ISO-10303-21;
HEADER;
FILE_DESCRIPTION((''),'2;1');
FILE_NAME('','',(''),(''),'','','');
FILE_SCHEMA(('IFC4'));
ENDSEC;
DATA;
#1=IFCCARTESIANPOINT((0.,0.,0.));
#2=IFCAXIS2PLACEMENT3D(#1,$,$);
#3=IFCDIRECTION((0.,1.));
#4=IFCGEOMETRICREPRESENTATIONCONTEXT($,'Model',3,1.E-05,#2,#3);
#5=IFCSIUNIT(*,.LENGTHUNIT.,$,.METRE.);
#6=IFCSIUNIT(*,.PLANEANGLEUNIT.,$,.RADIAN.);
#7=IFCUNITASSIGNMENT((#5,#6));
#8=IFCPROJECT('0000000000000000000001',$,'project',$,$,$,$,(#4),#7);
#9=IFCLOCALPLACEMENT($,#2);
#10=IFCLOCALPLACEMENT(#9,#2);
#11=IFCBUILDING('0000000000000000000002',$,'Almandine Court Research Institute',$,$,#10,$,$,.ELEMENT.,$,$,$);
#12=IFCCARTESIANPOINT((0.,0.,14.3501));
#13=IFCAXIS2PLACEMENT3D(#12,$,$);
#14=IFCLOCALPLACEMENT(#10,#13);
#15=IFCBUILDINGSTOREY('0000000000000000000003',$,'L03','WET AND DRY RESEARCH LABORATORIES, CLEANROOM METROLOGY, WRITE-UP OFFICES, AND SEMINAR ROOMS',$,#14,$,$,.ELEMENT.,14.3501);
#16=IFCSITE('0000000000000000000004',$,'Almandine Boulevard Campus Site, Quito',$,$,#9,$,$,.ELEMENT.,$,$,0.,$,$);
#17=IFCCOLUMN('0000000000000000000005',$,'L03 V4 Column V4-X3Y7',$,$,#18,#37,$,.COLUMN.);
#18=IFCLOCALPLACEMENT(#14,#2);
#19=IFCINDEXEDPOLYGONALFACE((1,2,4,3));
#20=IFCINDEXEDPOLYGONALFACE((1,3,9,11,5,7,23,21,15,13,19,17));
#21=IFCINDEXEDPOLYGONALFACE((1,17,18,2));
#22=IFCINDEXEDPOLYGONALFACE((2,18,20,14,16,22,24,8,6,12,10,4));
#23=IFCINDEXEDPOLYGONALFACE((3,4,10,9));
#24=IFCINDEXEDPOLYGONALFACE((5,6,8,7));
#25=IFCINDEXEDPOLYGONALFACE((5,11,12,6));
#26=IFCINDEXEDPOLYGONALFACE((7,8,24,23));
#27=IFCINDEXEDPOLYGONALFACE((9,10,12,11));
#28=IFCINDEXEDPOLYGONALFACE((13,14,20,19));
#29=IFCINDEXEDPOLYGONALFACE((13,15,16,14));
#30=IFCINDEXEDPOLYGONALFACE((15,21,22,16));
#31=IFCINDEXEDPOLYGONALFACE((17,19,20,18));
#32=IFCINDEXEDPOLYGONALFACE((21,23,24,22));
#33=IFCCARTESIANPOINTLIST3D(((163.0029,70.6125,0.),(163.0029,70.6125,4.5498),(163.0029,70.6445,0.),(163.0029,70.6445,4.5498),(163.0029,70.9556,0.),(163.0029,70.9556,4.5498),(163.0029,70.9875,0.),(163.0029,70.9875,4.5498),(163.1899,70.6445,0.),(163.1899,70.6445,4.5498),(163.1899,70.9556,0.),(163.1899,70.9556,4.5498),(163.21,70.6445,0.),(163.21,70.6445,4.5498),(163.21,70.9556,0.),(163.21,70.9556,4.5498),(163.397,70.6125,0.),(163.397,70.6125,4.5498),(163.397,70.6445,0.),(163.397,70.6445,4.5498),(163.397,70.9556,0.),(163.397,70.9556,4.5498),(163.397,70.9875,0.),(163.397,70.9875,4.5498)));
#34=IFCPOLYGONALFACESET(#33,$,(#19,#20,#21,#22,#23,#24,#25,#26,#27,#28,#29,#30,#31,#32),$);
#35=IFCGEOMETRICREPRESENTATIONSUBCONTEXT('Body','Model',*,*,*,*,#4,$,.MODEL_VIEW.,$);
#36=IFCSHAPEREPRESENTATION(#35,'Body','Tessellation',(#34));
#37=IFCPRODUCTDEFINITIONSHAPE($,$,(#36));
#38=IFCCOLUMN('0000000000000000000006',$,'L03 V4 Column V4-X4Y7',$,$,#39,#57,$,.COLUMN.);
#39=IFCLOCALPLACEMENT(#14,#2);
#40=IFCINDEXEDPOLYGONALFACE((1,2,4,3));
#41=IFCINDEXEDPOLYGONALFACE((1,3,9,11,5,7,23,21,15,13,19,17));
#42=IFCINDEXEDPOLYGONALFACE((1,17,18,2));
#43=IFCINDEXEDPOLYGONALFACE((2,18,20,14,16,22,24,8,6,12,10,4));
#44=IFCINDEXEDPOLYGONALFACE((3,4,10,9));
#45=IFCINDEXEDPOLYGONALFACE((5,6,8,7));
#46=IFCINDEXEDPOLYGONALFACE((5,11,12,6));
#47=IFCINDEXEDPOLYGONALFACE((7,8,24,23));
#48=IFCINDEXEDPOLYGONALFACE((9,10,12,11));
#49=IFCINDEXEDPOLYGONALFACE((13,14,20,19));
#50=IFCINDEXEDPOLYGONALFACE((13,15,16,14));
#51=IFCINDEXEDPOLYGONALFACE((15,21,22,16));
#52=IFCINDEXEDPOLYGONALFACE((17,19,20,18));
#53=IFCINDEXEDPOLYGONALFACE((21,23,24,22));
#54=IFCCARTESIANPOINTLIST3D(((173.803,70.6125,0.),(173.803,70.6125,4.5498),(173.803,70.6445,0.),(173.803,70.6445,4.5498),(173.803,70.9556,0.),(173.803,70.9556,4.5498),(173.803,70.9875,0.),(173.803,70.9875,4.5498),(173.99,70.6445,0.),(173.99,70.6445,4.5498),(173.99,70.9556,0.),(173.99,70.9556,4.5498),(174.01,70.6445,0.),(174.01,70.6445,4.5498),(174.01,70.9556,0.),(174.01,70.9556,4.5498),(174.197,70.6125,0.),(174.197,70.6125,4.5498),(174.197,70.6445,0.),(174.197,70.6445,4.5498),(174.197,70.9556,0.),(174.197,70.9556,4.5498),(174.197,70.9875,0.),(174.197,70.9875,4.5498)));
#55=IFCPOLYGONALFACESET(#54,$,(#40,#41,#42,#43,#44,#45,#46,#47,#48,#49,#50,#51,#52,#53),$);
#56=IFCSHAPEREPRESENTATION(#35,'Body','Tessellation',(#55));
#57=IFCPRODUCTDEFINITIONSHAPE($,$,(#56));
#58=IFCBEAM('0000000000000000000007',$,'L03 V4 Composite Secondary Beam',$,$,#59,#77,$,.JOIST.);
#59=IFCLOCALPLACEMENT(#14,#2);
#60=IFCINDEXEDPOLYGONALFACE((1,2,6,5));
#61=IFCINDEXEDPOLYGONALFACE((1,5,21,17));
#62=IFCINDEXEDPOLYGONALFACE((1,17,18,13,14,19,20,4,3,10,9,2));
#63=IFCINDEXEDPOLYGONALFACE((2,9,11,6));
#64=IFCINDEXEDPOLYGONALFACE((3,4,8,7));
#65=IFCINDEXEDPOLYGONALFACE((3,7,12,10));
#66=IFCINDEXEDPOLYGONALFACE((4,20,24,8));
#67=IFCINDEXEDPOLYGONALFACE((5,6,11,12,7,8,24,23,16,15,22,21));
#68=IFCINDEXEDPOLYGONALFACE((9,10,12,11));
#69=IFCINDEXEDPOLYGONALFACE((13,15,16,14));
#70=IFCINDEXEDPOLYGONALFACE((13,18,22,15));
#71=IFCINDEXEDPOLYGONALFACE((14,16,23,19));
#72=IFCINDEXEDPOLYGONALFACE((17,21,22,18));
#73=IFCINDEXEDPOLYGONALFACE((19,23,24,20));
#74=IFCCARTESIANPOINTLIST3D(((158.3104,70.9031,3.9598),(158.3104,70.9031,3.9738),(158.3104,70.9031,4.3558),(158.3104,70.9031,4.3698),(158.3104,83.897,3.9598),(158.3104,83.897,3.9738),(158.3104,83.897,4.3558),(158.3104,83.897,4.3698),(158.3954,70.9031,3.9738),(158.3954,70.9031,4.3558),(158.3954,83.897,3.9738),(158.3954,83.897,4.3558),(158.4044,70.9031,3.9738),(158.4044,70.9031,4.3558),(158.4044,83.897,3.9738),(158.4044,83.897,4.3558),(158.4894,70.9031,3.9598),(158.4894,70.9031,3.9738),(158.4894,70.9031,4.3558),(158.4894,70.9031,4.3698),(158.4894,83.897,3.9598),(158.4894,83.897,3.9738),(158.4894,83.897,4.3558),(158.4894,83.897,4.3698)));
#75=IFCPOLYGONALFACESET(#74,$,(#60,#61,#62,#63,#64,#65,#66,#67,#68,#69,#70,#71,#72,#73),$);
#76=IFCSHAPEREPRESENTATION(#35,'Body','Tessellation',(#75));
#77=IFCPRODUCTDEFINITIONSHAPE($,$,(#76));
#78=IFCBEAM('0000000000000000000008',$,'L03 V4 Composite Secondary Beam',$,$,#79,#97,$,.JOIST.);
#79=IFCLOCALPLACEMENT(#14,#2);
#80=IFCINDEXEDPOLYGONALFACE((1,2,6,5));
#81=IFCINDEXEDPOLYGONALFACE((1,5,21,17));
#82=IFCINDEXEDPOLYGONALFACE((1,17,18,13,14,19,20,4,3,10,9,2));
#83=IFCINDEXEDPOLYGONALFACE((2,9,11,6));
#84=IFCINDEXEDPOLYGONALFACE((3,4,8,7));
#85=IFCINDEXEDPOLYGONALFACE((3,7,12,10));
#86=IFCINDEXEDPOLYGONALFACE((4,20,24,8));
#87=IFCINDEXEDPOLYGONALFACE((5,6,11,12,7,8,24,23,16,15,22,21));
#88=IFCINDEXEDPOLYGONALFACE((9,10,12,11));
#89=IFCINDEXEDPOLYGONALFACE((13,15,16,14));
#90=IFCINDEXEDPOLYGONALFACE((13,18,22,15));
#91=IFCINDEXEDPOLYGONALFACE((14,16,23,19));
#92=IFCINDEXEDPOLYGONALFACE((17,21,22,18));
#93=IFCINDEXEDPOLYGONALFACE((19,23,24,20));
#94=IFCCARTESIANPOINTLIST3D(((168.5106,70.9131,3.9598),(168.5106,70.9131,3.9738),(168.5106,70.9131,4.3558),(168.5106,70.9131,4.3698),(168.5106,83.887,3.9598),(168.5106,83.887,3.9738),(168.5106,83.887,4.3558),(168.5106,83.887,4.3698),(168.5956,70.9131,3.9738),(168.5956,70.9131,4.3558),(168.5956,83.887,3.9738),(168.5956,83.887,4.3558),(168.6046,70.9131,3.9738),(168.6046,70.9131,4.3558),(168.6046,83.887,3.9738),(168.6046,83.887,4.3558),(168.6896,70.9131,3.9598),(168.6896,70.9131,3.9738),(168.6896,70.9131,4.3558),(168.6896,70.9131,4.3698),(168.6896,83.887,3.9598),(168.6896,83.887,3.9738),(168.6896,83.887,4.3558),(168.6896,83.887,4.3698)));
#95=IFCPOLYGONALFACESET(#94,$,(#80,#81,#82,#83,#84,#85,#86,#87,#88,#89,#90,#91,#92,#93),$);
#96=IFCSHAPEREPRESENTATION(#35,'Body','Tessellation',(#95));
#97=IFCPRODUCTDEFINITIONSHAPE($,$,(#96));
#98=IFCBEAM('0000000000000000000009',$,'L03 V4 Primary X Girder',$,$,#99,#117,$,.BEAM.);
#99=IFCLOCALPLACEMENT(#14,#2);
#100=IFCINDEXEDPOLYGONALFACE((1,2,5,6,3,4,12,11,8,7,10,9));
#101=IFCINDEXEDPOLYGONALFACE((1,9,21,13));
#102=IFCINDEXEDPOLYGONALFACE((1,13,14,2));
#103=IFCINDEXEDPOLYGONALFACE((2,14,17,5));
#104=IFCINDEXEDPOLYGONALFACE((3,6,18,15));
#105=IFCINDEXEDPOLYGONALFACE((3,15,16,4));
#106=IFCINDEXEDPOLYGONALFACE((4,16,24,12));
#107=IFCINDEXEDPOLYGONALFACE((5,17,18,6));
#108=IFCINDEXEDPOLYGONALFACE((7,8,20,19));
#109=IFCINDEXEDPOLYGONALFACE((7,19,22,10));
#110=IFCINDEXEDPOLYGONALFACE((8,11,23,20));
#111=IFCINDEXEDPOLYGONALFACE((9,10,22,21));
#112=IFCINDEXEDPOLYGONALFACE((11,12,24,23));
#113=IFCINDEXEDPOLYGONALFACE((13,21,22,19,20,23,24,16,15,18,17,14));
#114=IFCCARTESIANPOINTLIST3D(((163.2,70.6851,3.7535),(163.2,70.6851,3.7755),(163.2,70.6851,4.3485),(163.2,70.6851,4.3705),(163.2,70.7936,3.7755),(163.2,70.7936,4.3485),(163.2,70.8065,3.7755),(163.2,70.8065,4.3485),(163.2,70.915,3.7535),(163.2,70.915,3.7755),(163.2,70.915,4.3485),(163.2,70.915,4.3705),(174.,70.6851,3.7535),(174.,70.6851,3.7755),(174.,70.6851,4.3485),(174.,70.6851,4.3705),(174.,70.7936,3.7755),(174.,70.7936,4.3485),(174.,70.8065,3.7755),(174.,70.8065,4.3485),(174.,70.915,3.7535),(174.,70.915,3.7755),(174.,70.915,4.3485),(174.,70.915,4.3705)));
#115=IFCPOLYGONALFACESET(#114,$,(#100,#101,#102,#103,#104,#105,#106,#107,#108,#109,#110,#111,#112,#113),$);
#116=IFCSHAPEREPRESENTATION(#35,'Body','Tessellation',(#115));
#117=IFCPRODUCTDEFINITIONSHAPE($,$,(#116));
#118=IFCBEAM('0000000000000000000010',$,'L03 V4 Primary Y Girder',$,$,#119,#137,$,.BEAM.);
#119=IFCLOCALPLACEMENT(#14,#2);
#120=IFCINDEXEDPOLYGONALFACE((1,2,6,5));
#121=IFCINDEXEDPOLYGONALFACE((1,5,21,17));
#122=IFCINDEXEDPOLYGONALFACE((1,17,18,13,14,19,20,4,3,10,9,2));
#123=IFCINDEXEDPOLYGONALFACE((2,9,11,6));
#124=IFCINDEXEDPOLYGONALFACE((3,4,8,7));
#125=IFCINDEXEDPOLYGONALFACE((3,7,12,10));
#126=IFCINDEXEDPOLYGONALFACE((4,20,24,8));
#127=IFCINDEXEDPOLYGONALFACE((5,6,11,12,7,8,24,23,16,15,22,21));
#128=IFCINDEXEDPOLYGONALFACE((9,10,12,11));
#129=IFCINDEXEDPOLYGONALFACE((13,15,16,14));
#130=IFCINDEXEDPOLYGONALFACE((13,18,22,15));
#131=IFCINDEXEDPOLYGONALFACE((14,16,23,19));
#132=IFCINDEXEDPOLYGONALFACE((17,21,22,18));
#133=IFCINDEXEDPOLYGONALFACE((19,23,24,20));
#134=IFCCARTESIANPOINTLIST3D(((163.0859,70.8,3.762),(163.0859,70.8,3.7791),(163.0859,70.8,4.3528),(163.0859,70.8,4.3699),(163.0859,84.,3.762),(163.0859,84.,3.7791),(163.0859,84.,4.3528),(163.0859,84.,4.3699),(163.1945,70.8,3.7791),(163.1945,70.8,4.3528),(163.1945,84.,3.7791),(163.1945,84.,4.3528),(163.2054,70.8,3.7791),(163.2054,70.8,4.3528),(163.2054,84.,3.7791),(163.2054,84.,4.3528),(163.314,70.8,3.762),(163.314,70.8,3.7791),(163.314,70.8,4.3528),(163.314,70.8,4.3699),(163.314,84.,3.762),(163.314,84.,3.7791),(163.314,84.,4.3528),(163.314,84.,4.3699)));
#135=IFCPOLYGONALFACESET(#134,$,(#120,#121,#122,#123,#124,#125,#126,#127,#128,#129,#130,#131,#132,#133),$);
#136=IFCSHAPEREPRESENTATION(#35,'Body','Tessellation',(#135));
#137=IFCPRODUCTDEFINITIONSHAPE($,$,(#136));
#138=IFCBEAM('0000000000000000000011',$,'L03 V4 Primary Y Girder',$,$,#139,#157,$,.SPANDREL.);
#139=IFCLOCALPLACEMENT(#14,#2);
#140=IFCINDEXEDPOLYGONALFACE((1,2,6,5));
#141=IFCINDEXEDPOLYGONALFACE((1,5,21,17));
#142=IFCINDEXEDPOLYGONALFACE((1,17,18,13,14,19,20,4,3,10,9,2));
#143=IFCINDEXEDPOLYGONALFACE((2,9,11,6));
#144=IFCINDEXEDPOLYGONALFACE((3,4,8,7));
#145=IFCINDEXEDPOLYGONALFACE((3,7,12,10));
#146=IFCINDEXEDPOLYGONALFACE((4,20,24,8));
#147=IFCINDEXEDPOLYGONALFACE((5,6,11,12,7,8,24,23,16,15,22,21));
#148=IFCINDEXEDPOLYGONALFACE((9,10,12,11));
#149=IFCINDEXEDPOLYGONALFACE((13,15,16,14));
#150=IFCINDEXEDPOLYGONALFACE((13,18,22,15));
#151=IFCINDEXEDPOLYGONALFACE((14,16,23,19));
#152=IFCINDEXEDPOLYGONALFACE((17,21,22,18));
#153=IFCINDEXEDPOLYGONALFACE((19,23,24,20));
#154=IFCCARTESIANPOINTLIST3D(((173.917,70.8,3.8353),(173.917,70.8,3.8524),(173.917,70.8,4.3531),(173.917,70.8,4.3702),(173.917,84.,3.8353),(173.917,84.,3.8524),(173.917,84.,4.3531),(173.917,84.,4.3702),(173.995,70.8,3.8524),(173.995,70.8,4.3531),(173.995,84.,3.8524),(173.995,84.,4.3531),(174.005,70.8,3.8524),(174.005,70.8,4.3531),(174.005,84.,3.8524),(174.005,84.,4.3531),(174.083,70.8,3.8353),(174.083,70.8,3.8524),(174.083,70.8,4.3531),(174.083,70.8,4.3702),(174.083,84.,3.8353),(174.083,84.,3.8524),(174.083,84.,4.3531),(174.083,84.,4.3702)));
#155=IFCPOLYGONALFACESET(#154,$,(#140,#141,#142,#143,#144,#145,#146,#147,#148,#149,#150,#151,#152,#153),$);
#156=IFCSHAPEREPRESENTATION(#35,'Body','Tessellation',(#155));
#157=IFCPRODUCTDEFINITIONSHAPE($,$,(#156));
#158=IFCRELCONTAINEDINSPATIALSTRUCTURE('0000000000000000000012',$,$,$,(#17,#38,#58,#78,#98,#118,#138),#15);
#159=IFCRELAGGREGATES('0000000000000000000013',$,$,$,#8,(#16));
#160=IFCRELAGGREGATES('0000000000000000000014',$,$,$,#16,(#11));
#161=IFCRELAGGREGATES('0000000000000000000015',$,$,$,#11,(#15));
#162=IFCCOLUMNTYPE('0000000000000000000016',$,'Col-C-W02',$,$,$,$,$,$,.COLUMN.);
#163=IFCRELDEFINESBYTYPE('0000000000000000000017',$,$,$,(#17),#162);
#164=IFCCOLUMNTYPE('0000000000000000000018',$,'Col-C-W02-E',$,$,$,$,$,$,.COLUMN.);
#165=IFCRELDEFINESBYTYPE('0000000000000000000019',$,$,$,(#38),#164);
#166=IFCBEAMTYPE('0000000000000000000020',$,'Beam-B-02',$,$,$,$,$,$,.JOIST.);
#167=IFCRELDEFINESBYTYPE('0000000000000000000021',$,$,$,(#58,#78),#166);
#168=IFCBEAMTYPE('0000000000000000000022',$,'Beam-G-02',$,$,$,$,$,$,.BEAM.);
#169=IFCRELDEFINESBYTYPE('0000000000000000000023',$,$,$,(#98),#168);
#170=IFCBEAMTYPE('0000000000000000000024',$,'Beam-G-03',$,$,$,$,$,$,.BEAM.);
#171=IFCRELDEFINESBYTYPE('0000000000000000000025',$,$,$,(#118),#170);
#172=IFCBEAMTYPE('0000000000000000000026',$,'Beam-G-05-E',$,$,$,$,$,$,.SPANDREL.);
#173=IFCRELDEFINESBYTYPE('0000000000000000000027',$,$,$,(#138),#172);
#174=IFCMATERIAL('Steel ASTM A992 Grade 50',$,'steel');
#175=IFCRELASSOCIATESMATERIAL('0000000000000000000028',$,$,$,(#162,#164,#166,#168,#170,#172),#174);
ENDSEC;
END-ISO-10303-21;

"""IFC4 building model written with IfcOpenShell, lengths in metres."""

from ifc_helpers import new_model, si_unit, direction, frame, origin, origin_2d, place, context, subcontext, project, spatial, i_section, extrude, material, material_profile, profile_set, type_object, element, save


model = new_model("IFC4")

# Units and contexts
model_context = context("Model", 3, precision=1e-05, world=origin(), true_north=direction((0.0, 1.0)))
body_context = subcontext(model_context, "Body", "Model", "MODEL_VIEW")
ifc_project = project(units=[si_unit("LENGTHUNIT", "METRE"), si_unit("PLANEANGLEUNIT", "RADIAN")], contexts=[model_context])

# Site, building, storey
site_placement = place(None, origin())
site = spatial("IfcSite", under=ifc_project, at=site_placement, Name="Almandine Boulevard Campus Site, Quito", CompositionType="ELEMENT", RefElevation=0.0)
building_placement = place(site_placement, origin())
building = spatial("IfcBuilding", under=site, at=building_placement, Name="Almandine Court Research Institute", CompositionType="ELEMENT")
storey_placement = place(building_placement, frame((0.0, 0.0, 14.3501)))
storey = spatial("IfcBuildingStorey", under=building, at=storey_placement, Name="L03", Description="WET AND DRY RESEARCH LABORATORIES, CLEANROOM METROLOGY, WRITE-UP OFFICES, AND SEMINAR ROOMS", CompositionType="ELEMENT", Elevation=14.3501)

# Columns
ifc_material_1 = material(Name="Steel ASTM A992 Grade 50", Category="steel")
ifc_material_profile_1 = material_profile(ifc_material_1, i_section(OverallWidth=0.394, OverallDepth=0.375, WebThickness=0.02, FlangeThickness=0.032, at=origin_2d()), Name="W360x216")
ifc_profile_set_1 = profile_set([ifc_material_profile_1], Name="Steel ASTM A992 Grade 50")
column_type_1 = type_object("IfcColumnType", Name="Col-C-W02", PredefinedType="COLUMN", material=ifc_profile_set_1)
column_1_placement = place(storey_placement, frame((163.2, 70.8, 0.0), z_axis=(0.0, 0.0, 1.0), x_axis=(1.0, 0.0, 0.0)))
element("IfcColumn", 1, at=column_1_placement, inside=storey, type_object=column_type_1, Name="L03 V4 Column V4-X3Y7", PredefinedType="COLUMN", context=body_context, shape_type="SweptSolid", body=[
    extrude(i_section(OverallWidth=0.394, OverallDepth=0.375, WebThickness=0.02, FlangeThickness=0.032, at=origin_2d()), origin(), (0.0, 0.0, 1.0), 4.5498),
])
ifc_material_profile_2 = material_profile(ifc_material_1, i_section(OverallWidth=0.394, OverallDepth=0.375, WebThickness=0.02, FlangeThickness=0.032, at=origin_2d()), Name="W360x216")
ifc_profile_set_2 = profile_set([ifc_material_profile_2], Name="Steel ASTM A992 Grade 50")
column_type_2 = type_object("IfcColumnType", Name="Col-C-W02-E", PredefinedType="COLUMN", material=ifc_profile_set_2)
column_2_placement = place(storey_placement, frame((174.0, 70.8, 0.0), z_axis=(0.0, 0.0, 1.0), x_axis=(1.0, 0.0, 0.0)))
element("IfcColumn", 2, at=column_2_placement, inside=storey, type_object=column_type_2, Name="L03 V4 Column V4-X4Y7", PredefinedType="COLUMN", context=body_context, shape_type="SweptSolid", body=[
    extrude(i_section(OverallWidth=0.394, OverallDepth=0.375, WebThickness=0.02, FlangeThickness=0.032, at=origin_2d()), origin(), (0.0, 0.0, 1.0), 4.5498),
])

# Beams
ifc_material_profile_3 = material_profile(ifc_material_1, i_section(OverallWidth=0.179, OverallDepth=0.4099, WebThickness=0.009, FlangeThickness=0.0139, at=origin_2d()), Name="W410x67")
ifc_profile_set_3 = profile_set([ifc_material_profile_3], Name="Steel ASTM A992 Grade 50")
beam_type_1 = type_object("IfcBeamType", Name="Beam-B-02", PredefinedType="JOIST", material=ifc_profile_set_3)
beam_1_placement = place(storey_placement, frame((158.3999, 70.9031, 4.1648), z_axis=(0.0, 1.0, 0.0), x_axis=(-1.0, 0.0, 0.0)))
element("IfcBeam", 3, at=beam_1_placement, inside=storey, type_object=beam_type_1, Name="L03 V4 Composite Secondary Beam", PredefinedType="JOIST", context=body_context, shape_type="SweptSolid", body=[
    extrude(i_section(OverallWidth=0.179, OverallDepth=0.4099, WebThickness=0.009, FlangeThickness=0.0139, at=origin_2d()), origin(), (0.0, 0.0, 1.0), 12.9939),
])
beam_2_placement = place(storey_placement, frame((168.6001, 70.9131, 4.1648), z_axis=(0.0, 1.0, 0.0), x_axis=(-1.0, 0.0, 0.0)))
element("IfcBeam", 4, at=beam_2_placement, inside=storey, type_object=beam_type_1, Name="L03 V4 Composite Secondary Beam", PredefinedType="JOIST", context=body_context, shape_type="SweptSolid", body=[
    extrude(i_section(OverallWidth=0.179, OverallDepth=0.4099, WebThickness=0.009, FlangeThickness=0.0139, at=origin_2d()), origin(), (0.0, 0.0, 1.0), 12.9739),
])
ifc_material_profile_4 = material_profile(ifc_material_1, i_section(OverallWidth=0.23, OverallDepth=0.6169, WebThickness=0.0129, FlangeThickness=0.022, at=origin_2d()), Name="W610x140")
ifc_profile_set_4 = profile_set([ifc_material_profile_4], Name="Steel ASTM A992 Grade 50")
beam_type_2 = type_object("IfcBeamType", Name="Beam-G-02", PredefinedType="BEAM", material=ifc_profile_set_4)
beam_3_placement = place(storey_placement, frame((163.2, 70.8, 4.062), z_axis=(1.0, 0.0, 0.0), x_axis=(0.0, 1.0, 0.0)))
element("IfcBeam", 5, at=beam_3_placement, inside=storey, type_object=beam_type_2, Name="L03 V4 Primary X Girder", PredefinedType="BEAM", context=body_context, shape_type="SweptSolid", body=[
    extrude(i_section(OverallWidth=0.23, OverallDepth=0.6169, WebThickness=0.0129, FlangeThickness=0.022, at=origin_2d()), origin(), (0.0, 0.0, 1.0), 10.8),
])
ifc_material_profile_5 = material_profile(ifc_material_1, i_section(OverallWidth=0.228, OverallDepth=0.6079, WebThickness=0.011, FlangeThickness=0.0171, at=origin_2d()), Name="W610x113")
ifc_profile_set_5 = profile_set([ifc_material_profile_5], Name="Steel ASTM A992 Grade 50")
beam_type_3 = type_object("IfcBeamType", Name="Beam-G-03", PredefinedType="BEAM", material=ifc_profile_set_5)
beam_4_placement = place(storey_placement, frame((163.2, 70.8, 4.0659), z_axis=(0.0, 1.0, 0.0), x_axis=(-1.0, 0.0, 0.0)))
element("IfcBeam", 6, at=beam_4_placement, inside=storey, type_object=beam_type_3, Name="L03 V4 Primary Y Girder", PredefinedType="BEAM", context=body_context, shape_type="SweptSolid", body=[
    extrude(i_section(OverallWidth=0.228, OverallDepth=0.6079, WebThickness=0.011, FlangeThickness=0.0171, at=origin_2d()), origin(), (0.0, 0.0, 1.0), 13.2),
])
ifc_material_profile_6 = material_profile(ifc_material_1, i_section(OverallWidth=0.166, OverallDepth=0.5349, WebThickness=0.01, FlangeThickness=0.0171, at=origin_2d()), Name="W530x85")
ifc_profile_set_6 = profile_set([ifc_material_profile_6], Name="Steel ASTM A992 Grade 50")
beam_type_4 = type_object("IfcBeamType", Name="Beam-G-05-E", PredefinedType="SPANDREL", material=ifc_profile_set_6)
beam_5_placement = place(storey_placement, frame((174.0, 70.8, 4.1028), z_axis=(0.0, 1.0, 0.0), x_axis=(-1.0, 0.0, 0.0)))
element("IfcBeam", 7, at=beam_5_placement, inside=storey, type_object=beam_type_4, Name="L03 V4 Primary Y Girder", PredefinedType="SPANDREL", context=body_context, shape_type="SweptSolid", body=[
    extrude(i_section(OverallWidth=0.166, OverallDepth=0.5349, WebThickness=0.01, FlangeThickness=0.0171, at=origin_2d()), origin(), (0.0, 0.0, 1.0), 13.2),
])

save(model, "model.ifc")
